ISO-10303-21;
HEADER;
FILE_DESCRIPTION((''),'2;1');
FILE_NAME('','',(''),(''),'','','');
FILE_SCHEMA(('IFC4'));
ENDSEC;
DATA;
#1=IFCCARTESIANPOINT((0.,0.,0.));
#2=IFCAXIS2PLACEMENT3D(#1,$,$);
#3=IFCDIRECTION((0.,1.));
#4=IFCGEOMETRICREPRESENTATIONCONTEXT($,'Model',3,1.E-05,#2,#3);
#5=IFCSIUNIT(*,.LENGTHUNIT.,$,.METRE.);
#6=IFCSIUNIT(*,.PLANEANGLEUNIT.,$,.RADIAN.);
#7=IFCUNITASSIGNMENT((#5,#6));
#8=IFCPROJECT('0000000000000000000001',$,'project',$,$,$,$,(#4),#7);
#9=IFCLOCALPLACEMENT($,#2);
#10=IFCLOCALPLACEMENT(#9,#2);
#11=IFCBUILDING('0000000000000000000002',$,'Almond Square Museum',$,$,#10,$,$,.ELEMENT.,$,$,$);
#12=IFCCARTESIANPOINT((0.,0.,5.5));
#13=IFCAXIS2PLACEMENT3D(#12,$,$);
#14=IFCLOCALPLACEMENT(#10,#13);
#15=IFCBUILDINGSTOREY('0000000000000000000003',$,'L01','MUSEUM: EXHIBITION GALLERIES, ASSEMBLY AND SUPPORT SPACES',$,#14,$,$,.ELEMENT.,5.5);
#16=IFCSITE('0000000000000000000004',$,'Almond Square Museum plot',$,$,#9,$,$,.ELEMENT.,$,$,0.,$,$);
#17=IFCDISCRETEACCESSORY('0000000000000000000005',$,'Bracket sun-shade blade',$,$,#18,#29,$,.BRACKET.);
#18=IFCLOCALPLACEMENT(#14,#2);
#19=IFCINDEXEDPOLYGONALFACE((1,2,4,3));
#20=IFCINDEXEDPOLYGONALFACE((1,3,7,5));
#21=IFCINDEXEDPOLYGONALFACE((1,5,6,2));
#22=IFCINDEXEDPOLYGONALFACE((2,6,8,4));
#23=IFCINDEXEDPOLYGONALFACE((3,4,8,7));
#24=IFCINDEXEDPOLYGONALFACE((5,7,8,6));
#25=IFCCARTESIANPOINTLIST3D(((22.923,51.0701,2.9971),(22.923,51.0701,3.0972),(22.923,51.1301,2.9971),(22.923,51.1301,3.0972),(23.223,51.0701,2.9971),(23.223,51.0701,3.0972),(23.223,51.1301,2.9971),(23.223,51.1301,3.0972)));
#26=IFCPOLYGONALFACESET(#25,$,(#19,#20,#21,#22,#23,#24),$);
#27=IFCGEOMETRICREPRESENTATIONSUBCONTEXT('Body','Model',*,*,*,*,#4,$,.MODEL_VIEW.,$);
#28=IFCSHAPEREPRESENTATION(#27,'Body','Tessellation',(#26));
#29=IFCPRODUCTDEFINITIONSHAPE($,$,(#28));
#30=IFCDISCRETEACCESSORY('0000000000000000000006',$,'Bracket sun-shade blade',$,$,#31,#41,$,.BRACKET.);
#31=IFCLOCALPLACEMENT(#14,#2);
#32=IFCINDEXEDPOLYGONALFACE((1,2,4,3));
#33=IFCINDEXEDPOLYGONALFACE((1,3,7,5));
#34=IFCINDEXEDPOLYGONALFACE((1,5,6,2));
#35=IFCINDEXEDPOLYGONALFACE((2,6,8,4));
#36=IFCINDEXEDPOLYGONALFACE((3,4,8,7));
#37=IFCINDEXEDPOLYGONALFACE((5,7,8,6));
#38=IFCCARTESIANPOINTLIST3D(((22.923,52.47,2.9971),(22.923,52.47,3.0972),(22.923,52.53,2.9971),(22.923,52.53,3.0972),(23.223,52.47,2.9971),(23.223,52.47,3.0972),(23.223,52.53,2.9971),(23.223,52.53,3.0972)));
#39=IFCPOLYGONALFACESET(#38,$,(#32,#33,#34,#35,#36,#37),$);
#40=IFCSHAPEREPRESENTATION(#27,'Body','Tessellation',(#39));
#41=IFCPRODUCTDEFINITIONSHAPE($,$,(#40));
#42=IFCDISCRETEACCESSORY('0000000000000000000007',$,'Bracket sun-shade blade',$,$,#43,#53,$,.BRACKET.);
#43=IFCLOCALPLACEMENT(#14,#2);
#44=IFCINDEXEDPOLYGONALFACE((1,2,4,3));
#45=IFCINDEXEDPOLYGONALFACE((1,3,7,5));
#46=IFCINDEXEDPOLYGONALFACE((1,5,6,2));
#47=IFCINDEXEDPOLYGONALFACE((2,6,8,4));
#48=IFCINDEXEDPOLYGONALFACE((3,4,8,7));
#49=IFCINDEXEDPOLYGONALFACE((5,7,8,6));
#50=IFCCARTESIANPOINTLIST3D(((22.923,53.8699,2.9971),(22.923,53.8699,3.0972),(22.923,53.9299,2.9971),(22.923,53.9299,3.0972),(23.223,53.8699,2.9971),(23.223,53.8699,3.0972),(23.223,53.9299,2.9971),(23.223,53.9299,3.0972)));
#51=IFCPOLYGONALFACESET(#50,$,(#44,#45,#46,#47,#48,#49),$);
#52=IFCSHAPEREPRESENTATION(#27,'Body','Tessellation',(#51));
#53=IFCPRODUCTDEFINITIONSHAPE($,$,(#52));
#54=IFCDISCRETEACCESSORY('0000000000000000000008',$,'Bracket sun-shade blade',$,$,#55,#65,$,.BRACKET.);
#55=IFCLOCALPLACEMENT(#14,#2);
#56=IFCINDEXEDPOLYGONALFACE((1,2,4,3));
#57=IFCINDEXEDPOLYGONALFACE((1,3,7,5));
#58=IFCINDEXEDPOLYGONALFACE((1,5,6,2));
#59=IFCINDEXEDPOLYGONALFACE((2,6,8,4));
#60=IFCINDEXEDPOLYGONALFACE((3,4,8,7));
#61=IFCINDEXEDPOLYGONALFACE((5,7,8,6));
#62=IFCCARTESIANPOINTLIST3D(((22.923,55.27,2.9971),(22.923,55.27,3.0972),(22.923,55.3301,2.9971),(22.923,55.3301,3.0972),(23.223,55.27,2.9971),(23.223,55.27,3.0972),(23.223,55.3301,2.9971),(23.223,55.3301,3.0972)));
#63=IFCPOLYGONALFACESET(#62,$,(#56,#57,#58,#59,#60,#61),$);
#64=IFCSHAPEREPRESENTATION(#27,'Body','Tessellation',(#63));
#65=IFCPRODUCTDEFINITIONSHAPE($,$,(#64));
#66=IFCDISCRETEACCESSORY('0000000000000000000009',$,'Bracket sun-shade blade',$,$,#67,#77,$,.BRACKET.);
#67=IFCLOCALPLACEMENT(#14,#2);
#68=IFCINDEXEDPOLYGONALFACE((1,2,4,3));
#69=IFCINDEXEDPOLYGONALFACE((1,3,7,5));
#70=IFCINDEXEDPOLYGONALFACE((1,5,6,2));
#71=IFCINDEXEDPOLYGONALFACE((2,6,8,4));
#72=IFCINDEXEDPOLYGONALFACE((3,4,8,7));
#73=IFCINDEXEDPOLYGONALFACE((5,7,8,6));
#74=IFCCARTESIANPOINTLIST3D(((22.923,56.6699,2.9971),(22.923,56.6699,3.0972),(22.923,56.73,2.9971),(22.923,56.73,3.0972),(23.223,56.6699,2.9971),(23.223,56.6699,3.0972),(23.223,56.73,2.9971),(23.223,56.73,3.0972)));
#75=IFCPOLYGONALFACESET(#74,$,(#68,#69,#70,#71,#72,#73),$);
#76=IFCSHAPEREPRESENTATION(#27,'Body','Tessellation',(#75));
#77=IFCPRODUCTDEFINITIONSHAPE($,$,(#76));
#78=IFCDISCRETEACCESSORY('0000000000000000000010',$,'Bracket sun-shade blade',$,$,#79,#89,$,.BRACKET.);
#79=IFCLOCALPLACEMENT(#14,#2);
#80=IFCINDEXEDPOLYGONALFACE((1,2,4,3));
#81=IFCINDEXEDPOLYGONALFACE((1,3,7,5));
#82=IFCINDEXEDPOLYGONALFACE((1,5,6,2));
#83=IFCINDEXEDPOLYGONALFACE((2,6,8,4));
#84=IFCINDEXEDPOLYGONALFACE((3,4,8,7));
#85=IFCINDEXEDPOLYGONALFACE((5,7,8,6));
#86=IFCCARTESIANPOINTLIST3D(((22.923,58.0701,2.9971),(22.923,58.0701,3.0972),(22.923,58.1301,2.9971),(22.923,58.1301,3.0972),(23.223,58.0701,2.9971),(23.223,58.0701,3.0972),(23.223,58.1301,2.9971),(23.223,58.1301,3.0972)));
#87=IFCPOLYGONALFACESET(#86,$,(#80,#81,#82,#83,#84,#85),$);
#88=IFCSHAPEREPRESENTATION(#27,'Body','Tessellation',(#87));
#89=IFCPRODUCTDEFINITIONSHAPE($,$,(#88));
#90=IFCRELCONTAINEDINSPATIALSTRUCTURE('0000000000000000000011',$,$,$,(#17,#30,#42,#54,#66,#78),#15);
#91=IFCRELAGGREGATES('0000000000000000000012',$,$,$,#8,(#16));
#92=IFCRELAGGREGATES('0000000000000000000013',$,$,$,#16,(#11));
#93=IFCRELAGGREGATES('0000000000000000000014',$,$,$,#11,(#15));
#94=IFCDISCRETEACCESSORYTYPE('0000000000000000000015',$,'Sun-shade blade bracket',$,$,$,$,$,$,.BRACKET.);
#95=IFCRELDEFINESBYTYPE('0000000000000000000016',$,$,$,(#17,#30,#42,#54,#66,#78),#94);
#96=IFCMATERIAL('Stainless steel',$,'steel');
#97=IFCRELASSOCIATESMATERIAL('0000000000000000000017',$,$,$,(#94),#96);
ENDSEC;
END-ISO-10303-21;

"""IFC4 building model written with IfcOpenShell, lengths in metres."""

from ifc_helpers import new_model, si_unit, direction, frame, origin, origin_2d, place, context, subcontext, project, spatial, rectangle, extrude, material, type_object, element, save


model = new_model("IFC4")

# Units and contexts
model_context = context("Model", 3, precision=1e-05, world=origin(), true_north=direction((0.0, 1.0)))
body_context = subcontext(model_context, "Body", "Model", "MODEL_VIEW")
ifc_project = project(units=[si_unit("LENGTHUNIT", "METRE"), si_unit("PLANEANGLEUNIT", "RADIAN")], contexts=[model_context])

# Site, building, storey
site_placement = place(None, origin())
site = spatial("IfcSite", under=ifc_project, at=site_placement, Name="Almond Square Museum plot", CompositionType="ELEMENT", RefElevation=0.0)
building_placement = place(site_placement, origin())
building = spatial("IfcBuilding", under=site, at=building_placement, Name="Almond Square Museum", CompositionType="ELEMENT")
storey_placement = place(building_placement, frame((0.0, 0.0, 5.5)))
storey = spatial("IfcBuildingStorey", under=building, at=storey_placement, Name="L01", Description="MUSEUM: EXHIBITION GALLERIES, ASSEMBLY AND SUPPORT SPACES", CompositionType="ELEMENT", Elevation=5.5)

# Discrete accessories
ifc_material_1 = material(Name="Stainless steel", Category="steel")
discrete_accessory_type = type_object("IfcDiscreteAccessoryType", Name="Sun-shade blade bracket", PredefinedType="BRACKET", material=ifc_material_1)
for number, where, z_axis, x_axis, name in (
    (1, (23.073, 51.1001, 2.9971), (0.0, 0.0, 1.0), (1.0, 0.0, 0.0), "Bracket sun-shade blade"),
    (2, (23.073, 52.5, 2.9971), (0.0, 0.0, 1.0), (1.0, 0.0, 0.0), "Bracket sun-shade blade"),
    (3, (23.073, 53.8999, 2.9971), (0.0, 0.0, 1.0), (1.0, 0.0, 0.0), "Bracket sun-shade blade"),
    (4, (23.073, 55.3, 2.9971), (0.0, 0.0, 1.0), (1.0, 0.0, 0.0), "Bracket sun-shade blade"),
    (5, (23.073, 56.7, 2.9971), (0.0, 0.0, 1.0), (1.0, 0.0, 0.0), "Bracket sun-shade blade"),
    (6, (23.073, 58.1001, 2.9971), (0.0, 0.0, 1.0), (1.0, 0.0, 0.0), "Bracket sun-shade blade"),
):
    element("IfcDiscreteAccessory", number, at=place(storey_placement, frame(where, z_axis=z_axis, x_axis=x_axis)), inside=storey, type_object=discrete_accessory_type, Name=name, PredefinedType="BRACKET", context=body_context, shape_type="SweptSolid", body=[
        extrude(rectangle(XDim=0.3, YDim=0.0601, at=origin_2d()), origin(), (0.0, 0.0, 1.0), 0.1001),
    ])

save(model, "model.ifc")
